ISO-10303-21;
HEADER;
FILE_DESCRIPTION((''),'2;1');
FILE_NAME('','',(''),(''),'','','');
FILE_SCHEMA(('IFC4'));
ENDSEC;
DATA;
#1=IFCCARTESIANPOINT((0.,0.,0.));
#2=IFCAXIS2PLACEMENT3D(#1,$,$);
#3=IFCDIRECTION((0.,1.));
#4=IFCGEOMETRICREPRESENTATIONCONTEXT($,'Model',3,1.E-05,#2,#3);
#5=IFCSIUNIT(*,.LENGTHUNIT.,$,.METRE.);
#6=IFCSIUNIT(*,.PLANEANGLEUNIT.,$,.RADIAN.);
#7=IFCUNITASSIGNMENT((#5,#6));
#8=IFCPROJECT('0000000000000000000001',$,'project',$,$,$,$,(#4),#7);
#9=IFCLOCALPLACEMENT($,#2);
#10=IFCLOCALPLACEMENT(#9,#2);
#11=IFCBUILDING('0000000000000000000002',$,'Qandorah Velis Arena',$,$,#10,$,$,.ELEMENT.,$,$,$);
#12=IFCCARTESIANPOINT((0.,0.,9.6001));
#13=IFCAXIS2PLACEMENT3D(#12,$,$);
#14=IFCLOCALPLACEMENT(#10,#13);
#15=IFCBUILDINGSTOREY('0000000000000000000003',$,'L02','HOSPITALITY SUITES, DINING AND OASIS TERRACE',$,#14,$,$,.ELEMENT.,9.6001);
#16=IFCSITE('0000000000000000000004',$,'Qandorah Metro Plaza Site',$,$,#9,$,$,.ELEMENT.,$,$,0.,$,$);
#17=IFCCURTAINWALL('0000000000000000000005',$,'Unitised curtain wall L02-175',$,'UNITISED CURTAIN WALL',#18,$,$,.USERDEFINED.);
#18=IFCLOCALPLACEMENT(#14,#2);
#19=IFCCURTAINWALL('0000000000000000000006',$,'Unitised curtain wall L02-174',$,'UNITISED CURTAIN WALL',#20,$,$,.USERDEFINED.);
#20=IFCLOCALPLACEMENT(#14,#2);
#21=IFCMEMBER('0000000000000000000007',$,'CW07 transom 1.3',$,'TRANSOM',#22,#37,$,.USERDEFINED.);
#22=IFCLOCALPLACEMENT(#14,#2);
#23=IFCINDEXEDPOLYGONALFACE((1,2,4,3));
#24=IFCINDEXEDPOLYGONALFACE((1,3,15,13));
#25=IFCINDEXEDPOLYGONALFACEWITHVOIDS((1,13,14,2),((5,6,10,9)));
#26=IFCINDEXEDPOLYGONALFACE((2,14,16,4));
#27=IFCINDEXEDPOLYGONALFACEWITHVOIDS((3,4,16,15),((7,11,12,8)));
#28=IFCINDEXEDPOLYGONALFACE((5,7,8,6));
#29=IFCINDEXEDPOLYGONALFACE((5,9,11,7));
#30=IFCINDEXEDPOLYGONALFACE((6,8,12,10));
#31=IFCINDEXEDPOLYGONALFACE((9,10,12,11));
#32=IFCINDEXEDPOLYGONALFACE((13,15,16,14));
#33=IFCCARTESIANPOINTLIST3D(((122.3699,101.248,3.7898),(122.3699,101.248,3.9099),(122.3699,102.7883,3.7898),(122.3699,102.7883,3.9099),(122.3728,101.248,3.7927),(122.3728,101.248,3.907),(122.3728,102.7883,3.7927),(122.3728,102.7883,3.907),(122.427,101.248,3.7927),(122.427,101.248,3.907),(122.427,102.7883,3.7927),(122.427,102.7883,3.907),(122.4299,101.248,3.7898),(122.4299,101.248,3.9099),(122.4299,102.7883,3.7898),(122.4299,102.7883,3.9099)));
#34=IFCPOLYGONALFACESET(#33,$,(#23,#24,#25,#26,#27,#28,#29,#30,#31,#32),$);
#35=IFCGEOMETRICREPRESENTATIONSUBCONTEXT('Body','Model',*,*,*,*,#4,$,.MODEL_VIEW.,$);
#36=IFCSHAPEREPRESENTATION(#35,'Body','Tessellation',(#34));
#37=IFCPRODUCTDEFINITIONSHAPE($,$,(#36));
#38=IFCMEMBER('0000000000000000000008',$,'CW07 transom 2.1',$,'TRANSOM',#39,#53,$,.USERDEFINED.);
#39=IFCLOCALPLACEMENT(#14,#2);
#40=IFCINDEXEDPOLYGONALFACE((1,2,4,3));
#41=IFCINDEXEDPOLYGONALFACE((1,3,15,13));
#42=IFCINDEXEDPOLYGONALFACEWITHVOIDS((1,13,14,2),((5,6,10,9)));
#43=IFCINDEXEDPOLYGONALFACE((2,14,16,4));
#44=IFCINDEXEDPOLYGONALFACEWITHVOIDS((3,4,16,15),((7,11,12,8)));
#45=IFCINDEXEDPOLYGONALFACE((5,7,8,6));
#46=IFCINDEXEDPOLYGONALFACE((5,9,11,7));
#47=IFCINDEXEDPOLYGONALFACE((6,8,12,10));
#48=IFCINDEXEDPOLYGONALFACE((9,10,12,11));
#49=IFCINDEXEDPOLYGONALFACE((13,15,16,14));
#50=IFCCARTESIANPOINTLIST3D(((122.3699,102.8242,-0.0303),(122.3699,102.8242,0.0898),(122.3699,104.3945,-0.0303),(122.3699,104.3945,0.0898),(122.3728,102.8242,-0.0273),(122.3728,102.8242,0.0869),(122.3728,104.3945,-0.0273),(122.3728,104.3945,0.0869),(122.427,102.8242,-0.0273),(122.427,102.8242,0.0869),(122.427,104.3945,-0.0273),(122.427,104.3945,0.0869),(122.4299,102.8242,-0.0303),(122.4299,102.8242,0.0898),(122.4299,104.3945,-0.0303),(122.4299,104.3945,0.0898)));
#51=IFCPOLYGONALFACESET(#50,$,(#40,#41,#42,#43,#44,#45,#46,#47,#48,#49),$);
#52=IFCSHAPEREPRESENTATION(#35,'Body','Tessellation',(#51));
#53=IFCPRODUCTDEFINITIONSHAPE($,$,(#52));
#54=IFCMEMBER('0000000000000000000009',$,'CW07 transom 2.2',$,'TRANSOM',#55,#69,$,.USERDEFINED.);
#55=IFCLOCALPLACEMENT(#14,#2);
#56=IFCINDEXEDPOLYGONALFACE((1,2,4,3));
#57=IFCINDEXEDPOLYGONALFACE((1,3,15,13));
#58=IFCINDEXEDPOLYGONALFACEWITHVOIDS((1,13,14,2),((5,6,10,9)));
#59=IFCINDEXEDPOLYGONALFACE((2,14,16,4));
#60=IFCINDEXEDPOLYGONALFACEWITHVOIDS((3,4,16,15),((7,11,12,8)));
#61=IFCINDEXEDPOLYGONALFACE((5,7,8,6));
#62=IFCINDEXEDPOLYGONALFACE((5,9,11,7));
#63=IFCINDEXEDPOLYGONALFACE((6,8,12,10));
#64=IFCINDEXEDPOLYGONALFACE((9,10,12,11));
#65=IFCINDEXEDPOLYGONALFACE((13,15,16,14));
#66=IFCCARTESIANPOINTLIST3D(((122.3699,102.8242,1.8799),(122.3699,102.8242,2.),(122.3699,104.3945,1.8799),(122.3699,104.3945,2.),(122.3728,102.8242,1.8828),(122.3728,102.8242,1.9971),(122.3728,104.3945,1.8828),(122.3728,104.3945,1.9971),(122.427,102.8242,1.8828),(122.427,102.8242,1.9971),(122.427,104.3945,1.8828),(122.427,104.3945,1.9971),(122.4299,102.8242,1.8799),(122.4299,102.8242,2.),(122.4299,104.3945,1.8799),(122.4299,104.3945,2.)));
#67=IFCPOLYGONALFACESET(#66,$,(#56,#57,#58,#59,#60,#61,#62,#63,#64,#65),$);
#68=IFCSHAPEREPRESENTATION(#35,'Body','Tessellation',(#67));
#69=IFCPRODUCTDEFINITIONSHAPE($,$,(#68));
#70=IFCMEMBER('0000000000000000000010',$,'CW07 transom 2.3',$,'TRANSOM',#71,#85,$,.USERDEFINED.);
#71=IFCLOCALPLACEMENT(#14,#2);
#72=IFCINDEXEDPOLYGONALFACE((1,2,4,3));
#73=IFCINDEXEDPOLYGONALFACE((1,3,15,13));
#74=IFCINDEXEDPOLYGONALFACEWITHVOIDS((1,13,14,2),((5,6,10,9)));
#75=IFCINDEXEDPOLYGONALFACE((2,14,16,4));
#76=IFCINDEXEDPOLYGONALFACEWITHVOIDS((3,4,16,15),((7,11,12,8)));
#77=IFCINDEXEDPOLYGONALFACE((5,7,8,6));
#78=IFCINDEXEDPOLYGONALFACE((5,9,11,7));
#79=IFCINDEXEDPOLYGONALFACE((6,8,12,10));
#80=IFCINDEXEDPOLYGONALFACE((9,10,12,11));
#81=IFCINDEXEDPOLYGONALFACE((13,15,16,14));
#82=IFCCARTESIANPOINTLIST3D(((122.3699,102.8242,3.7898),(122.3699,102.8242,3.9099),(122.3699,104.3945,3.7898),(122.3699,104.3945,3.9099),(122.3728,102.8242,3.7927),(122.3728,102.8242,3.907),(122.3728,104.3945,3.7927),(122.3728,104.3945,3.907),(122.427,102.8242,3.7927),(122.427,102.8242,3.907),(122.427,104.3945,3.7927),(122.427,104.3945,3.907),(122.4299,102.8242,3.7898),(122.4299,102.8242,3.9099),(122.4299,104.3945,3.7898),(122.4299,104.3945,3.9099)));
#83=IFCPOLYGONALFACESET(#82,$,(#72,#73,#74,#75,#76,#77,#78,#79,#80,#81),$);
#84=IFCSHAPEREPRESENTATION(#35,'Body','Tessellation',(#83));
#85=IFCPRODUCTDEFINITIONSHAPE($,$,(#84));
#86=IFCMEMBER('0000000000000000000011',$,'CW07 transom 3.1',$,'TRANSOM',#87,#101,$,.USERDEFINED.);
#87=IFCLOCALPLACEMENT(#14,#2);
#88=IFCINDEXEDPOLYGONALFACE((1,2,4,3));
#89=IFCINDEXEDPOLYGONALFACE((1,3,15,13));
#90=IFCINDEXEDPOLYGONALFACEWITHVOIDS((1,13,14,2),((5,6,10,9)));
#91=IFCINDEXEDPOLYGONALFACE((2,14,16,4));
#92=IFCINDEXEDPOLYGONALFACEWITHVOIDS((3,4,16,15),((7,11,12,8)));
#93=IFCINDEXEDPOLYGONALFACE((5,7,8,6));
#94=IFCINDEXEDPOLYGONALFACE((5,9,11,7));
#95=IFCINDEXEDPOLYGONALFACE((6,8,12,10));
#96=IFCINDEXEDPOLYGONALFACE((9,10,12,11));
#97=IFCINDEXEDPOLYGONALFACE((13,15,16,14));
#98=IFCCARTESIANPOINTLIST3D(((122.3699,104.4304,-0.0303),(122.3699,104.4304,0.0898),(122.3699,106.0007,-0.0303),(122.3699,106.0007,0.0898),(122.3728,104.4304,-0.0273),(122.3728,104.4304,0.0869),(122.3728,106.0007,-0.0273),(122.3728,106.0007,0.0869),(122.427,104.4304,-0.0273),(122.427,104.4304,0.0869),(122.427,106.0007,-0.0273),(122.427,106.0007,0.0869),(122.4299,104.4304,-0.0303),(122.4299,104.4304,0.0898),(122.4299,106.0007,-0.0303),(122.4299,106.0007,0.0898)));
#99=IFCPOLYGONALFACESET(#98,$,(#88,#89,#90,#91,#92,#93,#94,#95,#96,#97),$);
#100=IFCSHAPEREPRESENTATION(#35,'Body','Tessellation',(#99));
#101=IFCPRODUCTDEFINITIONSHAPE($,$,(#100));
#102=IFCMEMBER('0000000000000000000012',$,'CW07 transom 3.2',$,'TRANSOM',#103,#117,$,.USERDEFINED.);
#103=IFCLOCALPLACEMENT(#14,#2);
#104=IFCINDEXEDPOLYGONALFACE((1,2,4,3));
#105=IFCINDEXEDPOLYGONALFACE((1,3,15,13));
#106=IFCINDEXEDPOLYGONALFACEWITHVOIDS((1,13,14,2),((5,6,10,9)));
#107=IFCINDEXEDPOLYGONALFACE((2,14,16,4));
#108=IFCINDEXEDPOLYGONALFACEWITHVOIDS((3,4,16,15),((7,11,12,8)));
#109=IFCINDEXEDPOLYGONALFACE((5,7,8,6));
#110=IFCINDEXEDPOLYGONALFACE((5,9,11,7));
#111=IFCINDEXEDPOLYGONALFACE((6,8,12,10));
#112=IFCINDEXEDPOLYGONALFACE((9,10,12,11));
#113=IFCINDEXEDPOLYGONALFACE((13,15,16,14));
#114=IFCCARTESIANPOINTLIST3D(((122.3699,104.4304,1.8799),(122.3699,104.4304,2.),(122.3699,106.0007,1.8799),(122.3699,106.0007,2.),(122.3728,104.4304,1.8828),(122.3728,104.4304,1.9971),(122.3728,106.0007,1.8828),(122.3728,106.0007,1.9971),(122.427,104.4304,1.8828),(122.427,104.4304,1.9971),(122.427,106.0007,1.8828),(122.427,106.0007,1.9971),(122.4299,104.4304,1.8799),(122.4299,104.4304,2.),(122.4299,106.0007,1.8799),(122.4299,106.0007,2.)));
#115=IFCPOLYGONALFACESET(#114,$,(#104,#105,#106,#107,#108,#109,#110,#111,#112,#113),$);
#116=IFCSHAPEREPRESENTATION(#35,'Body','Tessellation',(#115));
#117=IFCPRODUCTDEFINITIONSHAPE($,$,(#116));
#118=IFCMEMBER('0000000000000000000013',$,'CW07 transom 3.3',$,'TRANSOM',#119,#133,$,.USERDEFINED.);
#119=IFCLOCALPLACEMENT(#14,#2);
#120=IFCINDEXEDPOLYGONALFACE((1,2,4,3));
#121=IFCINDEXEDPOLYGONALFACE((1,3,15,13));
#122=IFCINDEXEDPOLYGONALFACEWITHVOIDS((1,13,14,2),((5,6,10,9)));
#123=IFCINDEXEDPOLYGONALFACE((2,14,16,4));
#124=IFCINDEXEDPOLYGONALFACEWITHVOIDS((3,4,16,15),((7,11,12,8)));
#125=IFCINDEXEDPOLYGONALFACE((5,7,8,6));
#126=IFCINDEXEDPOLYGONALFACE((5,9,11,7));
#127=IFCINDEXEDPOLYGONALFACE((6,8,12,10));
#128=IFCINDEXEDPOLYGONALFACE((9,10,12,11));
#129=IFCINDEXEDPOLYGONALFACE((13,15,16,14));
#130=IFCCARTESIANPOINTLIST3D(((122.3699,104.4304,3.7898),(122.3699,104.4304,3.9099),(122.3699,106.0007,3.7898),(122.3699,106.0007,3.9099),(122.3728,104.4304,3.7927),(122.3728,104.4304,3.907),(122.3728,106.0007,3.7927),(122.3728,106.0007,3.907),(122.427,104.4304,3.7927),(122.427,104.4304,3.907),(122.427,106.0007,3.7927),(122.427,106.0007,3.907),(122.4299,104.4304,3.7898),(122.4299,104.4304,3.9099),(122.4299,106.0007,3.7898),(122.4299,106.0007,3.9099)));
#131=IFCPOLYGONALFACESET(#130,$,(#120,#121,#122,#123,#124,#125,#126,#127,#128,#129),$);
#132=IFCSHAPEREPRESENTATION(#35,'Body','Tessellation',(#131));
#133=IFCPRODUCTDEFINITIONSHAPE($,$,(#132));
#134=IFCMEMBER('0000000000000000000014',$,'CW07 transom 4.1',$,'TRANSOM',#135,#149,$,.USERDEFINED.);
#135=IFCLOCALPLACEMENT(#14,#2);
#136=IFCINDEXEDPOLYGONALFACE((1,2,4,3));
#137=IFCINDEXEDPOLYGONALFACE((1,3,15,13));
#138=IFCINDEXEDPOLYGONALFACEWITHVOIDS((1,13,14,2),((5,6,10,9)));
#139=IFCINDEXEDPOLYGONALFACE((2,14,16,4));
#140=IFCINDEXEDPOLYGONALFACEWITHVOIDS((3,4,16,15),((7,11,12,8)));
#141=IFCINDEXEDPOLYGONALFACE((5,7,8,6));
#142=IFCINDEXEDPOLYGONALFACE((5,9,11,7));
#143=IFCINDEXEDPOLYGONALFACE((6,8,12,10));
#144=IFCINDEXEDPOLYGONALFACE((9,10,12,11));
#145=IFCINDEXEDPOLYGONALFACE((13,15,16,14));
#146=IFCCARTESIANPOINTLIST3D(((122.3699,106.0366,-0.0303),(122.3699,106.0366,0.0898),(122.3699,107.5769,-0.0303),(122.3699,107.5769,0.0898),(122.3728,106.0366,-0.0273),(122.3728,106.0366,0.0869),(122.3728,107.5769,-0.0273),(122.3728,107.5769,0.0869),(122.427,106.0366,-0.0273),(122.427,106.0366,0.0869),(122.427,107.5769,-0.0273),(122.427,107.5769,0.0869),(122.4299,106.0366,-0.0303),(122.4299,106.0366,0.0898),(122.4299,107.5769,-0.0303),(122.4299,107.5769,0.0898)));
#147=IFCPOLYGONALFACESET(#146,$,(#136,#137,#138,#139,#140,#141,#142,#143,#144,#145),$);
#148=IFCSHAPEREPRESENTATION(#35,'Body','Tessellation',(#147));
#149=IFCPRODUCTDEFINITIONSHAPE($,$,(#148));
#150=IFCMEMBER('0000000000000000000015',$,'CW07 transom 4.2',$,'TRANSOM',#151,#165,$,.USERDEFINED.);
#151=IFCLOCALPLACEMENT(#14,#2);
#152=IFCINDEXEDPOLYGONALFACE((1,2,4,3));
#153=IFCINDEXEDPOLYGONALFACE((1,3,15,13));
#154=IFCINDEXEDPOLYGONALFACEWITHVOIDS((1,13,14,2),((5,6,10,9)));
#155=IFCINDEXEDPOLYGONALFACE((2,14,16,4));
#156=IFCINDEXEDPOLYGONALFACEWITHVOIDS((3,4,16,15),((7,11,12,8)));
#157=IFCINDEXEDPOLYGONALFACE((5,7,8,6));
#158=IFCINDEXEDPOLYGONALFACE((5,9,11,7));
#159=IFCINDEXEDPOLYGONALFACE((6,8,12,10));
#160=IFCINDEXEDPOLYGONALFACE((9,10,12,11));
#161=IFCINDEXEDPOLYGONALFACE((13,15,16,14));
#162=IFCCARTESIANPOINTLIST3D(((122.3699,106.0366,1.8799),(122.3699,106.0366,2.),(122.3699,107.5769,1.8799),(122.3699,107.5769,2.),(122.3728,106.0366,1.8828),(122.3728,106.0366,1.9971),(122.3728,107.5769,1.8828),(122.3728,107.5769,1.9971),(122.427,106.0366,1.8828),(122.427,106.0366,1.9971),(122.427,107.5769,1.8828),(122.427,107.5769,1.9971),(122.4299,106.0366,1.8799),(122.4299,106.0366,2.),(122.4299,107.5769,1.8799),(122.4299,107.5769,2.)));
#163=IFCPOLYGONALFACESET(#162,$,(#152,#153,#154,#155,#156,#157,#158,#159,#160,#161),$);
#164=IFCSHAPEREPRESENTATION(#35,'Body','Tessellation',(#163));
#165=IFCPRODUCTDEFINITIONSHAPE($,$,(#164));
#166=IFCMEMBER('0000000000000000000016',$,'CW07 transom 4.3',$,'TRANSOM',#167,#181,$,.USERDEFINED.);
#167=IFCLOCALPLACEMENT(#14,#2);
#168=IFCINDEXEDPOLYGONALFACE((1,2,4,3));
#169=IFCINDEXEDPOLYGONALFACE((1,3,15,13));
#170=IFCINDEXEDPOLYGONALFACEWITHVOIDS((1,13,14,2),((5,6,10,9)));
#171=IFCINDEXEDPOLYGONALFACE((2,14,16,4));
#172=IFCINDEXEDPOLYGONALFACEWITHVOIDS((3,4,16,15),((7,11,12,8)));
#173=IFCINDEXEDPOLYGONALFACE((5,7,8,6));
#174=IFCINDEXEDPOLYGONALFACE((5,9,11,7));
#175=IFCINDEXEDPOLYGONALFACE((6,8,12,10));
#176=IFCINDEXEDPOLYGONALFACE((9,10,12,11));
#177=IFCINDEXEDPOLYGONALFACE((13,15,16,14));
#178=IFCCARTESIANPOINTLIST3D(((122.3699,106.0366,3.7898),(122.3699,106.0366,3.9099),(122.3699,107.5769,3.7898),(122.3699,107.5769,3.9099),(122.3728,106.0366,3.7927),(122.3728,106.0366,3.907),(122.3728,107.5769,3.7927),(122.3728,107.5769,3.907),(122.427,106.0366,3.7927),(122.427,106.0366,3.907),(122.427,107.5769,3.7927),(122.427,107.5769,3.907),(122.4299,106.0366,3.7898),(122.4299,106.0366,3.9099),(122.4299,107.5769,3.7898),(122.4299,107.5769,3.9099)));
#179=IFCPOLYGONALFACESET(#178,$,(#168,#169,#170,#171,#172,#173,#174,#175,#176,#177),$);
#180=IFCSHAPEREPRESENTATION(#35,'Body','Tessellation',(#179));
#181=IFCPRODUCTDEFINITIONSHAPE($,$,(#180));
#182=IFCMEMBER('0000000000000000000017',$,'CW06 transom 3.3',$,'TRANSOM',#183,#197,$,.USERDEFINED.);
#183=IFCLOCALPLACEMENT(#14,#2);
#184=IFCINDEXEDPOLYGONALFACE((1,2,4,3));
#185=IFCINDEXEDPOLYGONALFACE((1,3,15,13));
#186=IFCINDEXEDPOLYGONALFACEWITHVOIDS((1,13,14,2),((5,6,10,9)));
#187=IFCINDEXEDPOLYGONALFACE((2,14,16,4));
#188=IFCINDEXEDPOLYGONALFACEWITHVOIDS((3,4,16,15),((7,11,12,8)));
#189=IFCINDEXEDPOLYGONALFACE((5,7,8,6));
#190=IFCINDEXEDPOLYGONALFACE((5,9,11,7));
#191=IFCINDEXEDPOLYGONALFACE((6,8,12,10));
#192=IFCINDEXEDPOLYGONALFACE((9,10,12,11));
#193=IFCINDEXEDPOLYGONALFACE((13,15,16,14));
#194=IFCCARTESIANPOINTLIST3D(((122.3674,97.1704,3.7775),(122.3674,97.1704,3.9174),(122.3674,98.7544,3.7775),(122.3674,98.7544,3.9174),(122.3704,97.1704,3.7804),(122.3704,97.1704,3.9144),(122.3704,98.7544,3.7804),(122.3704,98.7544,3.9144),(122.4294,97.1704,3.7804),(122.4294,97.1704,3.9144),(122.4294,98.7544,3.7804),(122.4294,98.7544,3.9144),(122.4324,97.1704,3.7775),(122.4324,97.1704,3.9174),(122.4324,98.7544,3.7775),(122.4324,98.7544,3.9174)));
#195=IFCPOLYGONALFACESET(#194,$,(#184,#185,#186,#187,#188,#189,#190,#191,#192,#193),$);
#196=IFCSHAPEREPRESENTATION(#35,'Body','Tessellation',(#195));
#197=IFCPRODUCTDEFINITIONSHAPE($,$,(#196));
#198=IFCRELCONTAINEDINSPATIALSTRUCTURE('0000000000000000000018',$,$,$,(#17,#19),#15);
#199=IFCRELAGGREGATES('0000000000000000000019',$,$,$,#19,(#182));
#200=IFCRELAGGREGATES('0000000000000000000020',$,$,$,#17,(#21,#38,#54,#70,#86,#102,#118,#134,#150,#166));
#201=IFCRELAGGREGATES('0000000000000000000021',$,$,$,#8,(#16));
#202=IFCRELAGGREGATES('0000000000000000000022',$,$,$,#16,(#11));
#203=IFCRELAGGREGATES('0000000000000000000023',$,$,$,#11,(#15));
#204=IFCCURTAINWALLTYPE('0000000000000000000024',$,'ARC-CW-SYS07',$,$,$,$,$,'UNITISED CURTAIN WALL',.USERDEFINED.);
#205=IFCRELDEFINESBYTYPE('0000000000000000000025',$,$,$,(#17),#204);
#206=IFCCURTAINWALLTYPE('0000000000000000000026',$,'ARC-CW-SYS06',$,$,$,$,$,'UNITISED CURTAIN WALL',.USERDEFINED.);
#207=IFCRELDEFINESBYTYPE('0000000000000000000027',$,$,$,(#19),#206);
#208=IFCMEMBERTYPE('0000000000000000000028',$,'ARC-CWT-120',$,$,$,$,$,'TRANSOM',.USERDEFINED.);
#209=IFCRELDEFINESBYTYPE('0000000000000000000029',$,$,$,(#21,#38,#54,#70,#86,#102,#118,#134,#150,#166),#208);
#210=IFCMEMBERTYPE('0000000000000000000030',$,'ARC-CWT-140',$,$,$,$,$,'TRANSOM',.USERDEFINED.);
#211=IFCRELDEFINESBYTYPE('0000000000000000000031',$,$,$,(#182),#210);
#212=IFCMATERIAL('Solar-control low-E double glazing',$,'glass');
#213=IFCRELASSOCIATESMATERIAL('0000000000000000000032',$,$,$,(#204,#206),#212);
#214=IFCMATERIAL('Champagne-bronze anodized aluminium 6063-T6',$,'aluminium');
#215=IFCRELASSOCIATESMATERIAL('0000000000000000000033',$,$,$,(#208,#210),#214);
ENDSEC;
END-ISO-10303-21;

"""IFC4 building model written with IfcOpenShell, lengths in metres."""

from ifc_helpers import new_model, si_unit, direction, frame, origin, origin_2d, place, context, subcontext, project, spatial, hollow_rectangle, extrude, material, material_profile, profile_set, type_object, element, aggregate, save


model = new_model("IFC4")

# Units and contexts
model_context = context("Model", 3, precision=1e-05, world=origin(), true_north=direction((0.0, 1.0)))
body_context = subcontext(model_context, "Body", "Model", "MODEL_VIEW")
ifc_project = project(units=[si_unit("LENGTHUNIT", "METRE"), si_unit("PLANEANGLEUNIT", "RADIAN")], contexts=[model_context])

# Site, building, storey
site_placement = place(None, origin())
site = spatial("IfcSite", under=ifc_project, at=site_placement, Name="Qandorah Metro Plaza Site", CompositionType="ELEMENT", RefElevation=0.0)
building_placement = place(site_placement, origin())
building = spatial("IfcBuilding", under=site, at=building_placement, Name="Qandorah Velis Arena", CompositionType="ELEMENT")
storey_placement = place(building_placement, frame((0.0, 0.0, 9.6001)))
storey = spatial("IfcBuildingStorey", under=building, at=storey_placement, Name="L02", Description="HOSPITALITY SUITES, DINING AND OASIS TERRACE", CompositionType="ELEMENT", Elevation=9.6001)

# Curtain walls
ifc_material_1 = material(Name="Solar-control low-E double glazing", Category="glass")
curtain_wall_type_1 = type_object("IfcCurtainWallType", Name="ARC-CW-SYS07", ElementType="UNITISED CURTAIN WALL", PredefinedType="USERDEFINED", material=ifc_material_1)
curtain_wall_1_placement = place(storey_placement, origin())
curtain_wall_1 = element("IfcCurtainWall", 1, at=curtain_wall_1_placement, inside=storey, type_object=curtain_wall_type_1, Name="Unitised curtain wall L02-175", ObjectType="UNITISED CURTAIN WALL", PredefinedType="USERDEFINED")
ifc_material_2 = material(Name="Champagne-bronze anodized aluminium 6063-T6", Category="aluminium")
curtain_wall_type_2 = type_object("IfcCurtainWallType", Name="ARC-CW-SYS06", ElementType="UNITISED CURTAIN WALL", PredefinedType="USERDEFINED", material=ifc_material_1)
curtain_wall_2_placement = place(storey_placement, origin())
curtain_wall_2 = element("IfcCurtainWall", 2, at=curtain_wall_2_placement, inside=storey, type_object=curtain_wall_type_2, Name="Unitised curtain wall L02-174", ObjectType="UNITISED CURTAIN WALL", PredefinedType="USERDEFINED")

# Members
ifc_material_profile_1 = material_profile(ifc_material_2, hollow_rectangle(XDim=0.0601, YDim=0.1201, WallThickness=0.0029, at=origin_2d()), Name="ALU TRANSOM 60x120")
ifc_profile_set_1 = profile_set([ifc_material_profile_1], Name="Champagne-bronze anodized aluminium 6063-T6")
member_type_1 = type_object("IfcMemberType", Name="ARC-CWT-120", ElementType="TRANSOM", PredefinedType="USERDEFINED", material=ifc_profile_set_1)
member_1_placement = place(storey_placement, frame((122.3999, 101.248, 3.8499), z_axis=(0.0, 1.0, 0.0), x_axis=(-1.0, 0.0, 0.0)))
member_1 = element("IfcMember", 3, at=member_1_placement, type_object=member_type_1, Name="CW07 transom 1.3", ObjectType="TRANSOM", PredefinedType="USERDEFINED", context=body_context, shape_type="SweptSolid", body=[
    extrude(hollow_rectangle(XDim=0.0601, YDim=0.1201, WallThickness=0.0029, at=origin_2d()), origin(), (0.0, 0.0, 1.0), 1.5403),
])
member_2_placement = place(storey_placement, frame((122.3999, 102.8242, 0.0298), z_axis=(0.0, 1.0, 0.0), x_axis=(-1.0, 0.0, 0.0)))
member_2 = element("IfcMember", 4, at=member_2_placement, type_object=member_type_1, Name="CW07 transom 2.1", ObjectType="TRANSOM", PredefinedType="USERDEFINED", context=body_context, shape_type="SweptSolid", body=[
    extrude(hollow_rectangle(XDim=0.0601, YDim=0.1201, WallThickness=0.0029, at=origin_2d()), origin(), (0.0, 0.0, 1.0), 1.5703),
])
member_3_placement = place(storey_placement, frame((122.3999, 102.8242, 1.9399), z_axis=(0.0, 1.0, 0.0), x_axis=(-1.0, 0.0, 0.0)))
member_3 = element("IfcMember", 5, at=member_3_placement, type_object=member_type_1, Name="CW07 transom 2.2", ObjectType="TRANSOM", PredefinedType="USERDEFINED", context=body_context, shape_type="SweptSolid", body=[
    extrude(hollow_rectangle(XDim=0.0601, YDim=0.1201, WallThickness=0.0029, at=origin_2d()), origin(), (0.0, 0.0, 1.0), 1.5703),
])
member_4_placement = place(storey_placement, frame((122.3999, 102.8242, 3.8499), z_axis=(0.0, 1.0, 0.0), x_axis=(-1.0, 0.0, 0.0)))
member_4 = element("IfcMember", 6, at=member_4_placement, type_object=member_type_1, Name="CW07 transom 2.3", ObjectType="TRANSOM", PredefinedType="USERDEFINED", context=body_context, shape_type="SweptSolid", body=[
    extrude(hollow_rectangle(XDim=0.0601, YDim=0.1201, WallThickness=0.0029, at=origin_2d()), origin(), (0.0, 0.0, 1.0), 1.5703),
])
member_5_placement = place(storey_placement, frame((122.3999, 104.4304, 0.0298), z_axis=(0.0, 1.0, 0.0), x_axis=(-1.0, 0.0, 0.0)))
member_5 = element("IfcMember", 7, at=member_5_placement, type_object=member_type_1, Name="CW07 transom 3.1", ObjectType="TRANSOM", PredefinedType="USERDEFINED", context=body_context, shape_type="SweptSolid", body=[
    extrude(hollow_rectangle(XDim=0.0601, YDim=0.1201, WallThickness=0.0029, at=origin_2d()), origin(), (0.0, 0.0, 1.0), 1.5703),
])
member_6_placement = place(storey_placement, frame((122.3999, 104.4304, 1.9399), z_axis=(0.0, 1.0, 0.0), x_axis=(-1.0, 0.0, 0.0)))
member_6 = element("IfcMember", 8, at=member_6_placement, type_object=member_type_1, Name="CW07 transom 3.2", ObjectType="TRANSOM", PredefinedType="USERDEFINED", context=body_context, shape_type="SweptSolid", body=[
    extrude(hollow_rectangle(XDim=0.0601, YDim=0.1201, WallThickness=0.0029, at=origin_2d()), origin(), (0.0, 0.0, 1.0), 1.5703),
])
member_7_placement = place(storey_placement, frame((122.3999, 104.4304, 3.8499), z_axis=(0.0, 1.0, 0.0), x_axis=(-1.0, 0.0, 0.0)))
member_7 = element("IfcMember", 9, at=member_7_placement, type_object=member_type_1, Name="CW07 transom 3.3", ObjectType="TRANSOM", PredefinedType="USERDEFINED", context=body_context, shape_type="SweptSolid", body=[
    extrude(hollow_rectangle(XDim=0.0601, YDim=0.1201, WallThickness=0.0029, at=origin_2d()), origin(), (0.0, 0.0, 1.0), 1.5703),
])
member_8_placement = place(storey_placement, frame((122.3999, 106.0366, 0.0298), z_axis=(0.0, 1.0, 0.0), x_axis=(-1.0, 0.0, 0.0)))
member_8 = element("IfcMember", 10, at=member_8_placement, type_object=member_type_1, Name="CW07 transom 4.1", ObjectType="TRANSOM", PredefinedType="USERDEFINED", context=body_context, shape_type="SweptSolid", body=[
    extrude(hollow_rectangle(XDim=0.0601, YDim=0.1201, WallThickness=0.0029, at=origin_2d()), origin(), (0.0, 0.0, 1.0), 1.5403),
])
member_9_placement = place(storey_placement, frame((122.3999, 106.0366, 1.9399), z_axis=(0.0, 1.0, 0.0), x_axis=(-1.0, 0.0, 0.0)))
member_9 = element("IfcMember", 11, at=member_9_placement, type_object=member_type_1, Name="CW07 transom 4.2", ObjectType="TRANSOM", PredefinedType="USERDEFINED", context=body_context, shape_type="SweptSolid", body=[
    extrude(hollow_rectangle(XDim=0.0601, YDim=0.1201, WallThickness=0.0029, at=origin_2d()), origin(), (0.0, 0.0, 1.0), 1.5403),
])
member_10_placement = place(storey_placement, frame((122.3999, 106.0366, 3.8499), z_axis=(0.0, 1.0, 0.0), x_axis=(-1.0, 0.0, 0.0)))
member_10 = element("IfcMember", 12, at=member_10_placement, type_object=member_type_1, Name="CW07 transom 4.3", ObjectType="TRANSOM", PredefinedType="USERDEFINED", context=body_context, shape_type="SweptSolid", body=[
    extrude(hollow_rectangle(XDim=0.0601, YDim=0.1201, WallThickness=0.0029, at=origin_2d()), origin(), (0.0, 0.0, 1.0), 1.5403),
])
ifc_material_profile_2 = material_profile(ifc_material_2, hollow_rectangle(XDim=0.0649, YDim=0.1399, WallThickness=0.0029, at=origin_2d()), Name="ALU TRANSOM 65x140")
ifc_profile_set_2 = profile_set([ifc_material_profile_2], Name="Champagne-bronze anodized aluminium 6063-T6")
member_type_2 = type_object("IfcMemberType", Name="ARC-CWT-140", ElementType="TRANSOM", PredefinedType="USERDEFINED", material=ifc_profile_set_2)
member_11_placement = place(storey_placement, frame((122.3999, 97.1704, 3.8474), z_axis=(0.0, 1.0, 0.0), x_axis=(-1.0, 0.0, 0.0)))
member_11 = element("IfcMember", 13, at=member_11_placement, type_object=member_type_2, Name="CW06 transom 3.3", ObjectType="TRANSOM", PredefinedType="USERDEFINED", context=body_context, shape_type="SweptSolid", body=[
    extrude(hollow_rectangle(XDim=0.0649, YDim=0.1399, WallThickness=0.0029, at=origin_2d()), origin(), (0.0, 0.0, 1.0), 1.584),
])

aggregate(curtain_wall_2, [member_11])
aggregate(curtain_wall_1, [member_1, member_2, member_3, member_4, member_5, member_6, member_7, member_8, member_9, member_10])

save(model, "model.ifc")
